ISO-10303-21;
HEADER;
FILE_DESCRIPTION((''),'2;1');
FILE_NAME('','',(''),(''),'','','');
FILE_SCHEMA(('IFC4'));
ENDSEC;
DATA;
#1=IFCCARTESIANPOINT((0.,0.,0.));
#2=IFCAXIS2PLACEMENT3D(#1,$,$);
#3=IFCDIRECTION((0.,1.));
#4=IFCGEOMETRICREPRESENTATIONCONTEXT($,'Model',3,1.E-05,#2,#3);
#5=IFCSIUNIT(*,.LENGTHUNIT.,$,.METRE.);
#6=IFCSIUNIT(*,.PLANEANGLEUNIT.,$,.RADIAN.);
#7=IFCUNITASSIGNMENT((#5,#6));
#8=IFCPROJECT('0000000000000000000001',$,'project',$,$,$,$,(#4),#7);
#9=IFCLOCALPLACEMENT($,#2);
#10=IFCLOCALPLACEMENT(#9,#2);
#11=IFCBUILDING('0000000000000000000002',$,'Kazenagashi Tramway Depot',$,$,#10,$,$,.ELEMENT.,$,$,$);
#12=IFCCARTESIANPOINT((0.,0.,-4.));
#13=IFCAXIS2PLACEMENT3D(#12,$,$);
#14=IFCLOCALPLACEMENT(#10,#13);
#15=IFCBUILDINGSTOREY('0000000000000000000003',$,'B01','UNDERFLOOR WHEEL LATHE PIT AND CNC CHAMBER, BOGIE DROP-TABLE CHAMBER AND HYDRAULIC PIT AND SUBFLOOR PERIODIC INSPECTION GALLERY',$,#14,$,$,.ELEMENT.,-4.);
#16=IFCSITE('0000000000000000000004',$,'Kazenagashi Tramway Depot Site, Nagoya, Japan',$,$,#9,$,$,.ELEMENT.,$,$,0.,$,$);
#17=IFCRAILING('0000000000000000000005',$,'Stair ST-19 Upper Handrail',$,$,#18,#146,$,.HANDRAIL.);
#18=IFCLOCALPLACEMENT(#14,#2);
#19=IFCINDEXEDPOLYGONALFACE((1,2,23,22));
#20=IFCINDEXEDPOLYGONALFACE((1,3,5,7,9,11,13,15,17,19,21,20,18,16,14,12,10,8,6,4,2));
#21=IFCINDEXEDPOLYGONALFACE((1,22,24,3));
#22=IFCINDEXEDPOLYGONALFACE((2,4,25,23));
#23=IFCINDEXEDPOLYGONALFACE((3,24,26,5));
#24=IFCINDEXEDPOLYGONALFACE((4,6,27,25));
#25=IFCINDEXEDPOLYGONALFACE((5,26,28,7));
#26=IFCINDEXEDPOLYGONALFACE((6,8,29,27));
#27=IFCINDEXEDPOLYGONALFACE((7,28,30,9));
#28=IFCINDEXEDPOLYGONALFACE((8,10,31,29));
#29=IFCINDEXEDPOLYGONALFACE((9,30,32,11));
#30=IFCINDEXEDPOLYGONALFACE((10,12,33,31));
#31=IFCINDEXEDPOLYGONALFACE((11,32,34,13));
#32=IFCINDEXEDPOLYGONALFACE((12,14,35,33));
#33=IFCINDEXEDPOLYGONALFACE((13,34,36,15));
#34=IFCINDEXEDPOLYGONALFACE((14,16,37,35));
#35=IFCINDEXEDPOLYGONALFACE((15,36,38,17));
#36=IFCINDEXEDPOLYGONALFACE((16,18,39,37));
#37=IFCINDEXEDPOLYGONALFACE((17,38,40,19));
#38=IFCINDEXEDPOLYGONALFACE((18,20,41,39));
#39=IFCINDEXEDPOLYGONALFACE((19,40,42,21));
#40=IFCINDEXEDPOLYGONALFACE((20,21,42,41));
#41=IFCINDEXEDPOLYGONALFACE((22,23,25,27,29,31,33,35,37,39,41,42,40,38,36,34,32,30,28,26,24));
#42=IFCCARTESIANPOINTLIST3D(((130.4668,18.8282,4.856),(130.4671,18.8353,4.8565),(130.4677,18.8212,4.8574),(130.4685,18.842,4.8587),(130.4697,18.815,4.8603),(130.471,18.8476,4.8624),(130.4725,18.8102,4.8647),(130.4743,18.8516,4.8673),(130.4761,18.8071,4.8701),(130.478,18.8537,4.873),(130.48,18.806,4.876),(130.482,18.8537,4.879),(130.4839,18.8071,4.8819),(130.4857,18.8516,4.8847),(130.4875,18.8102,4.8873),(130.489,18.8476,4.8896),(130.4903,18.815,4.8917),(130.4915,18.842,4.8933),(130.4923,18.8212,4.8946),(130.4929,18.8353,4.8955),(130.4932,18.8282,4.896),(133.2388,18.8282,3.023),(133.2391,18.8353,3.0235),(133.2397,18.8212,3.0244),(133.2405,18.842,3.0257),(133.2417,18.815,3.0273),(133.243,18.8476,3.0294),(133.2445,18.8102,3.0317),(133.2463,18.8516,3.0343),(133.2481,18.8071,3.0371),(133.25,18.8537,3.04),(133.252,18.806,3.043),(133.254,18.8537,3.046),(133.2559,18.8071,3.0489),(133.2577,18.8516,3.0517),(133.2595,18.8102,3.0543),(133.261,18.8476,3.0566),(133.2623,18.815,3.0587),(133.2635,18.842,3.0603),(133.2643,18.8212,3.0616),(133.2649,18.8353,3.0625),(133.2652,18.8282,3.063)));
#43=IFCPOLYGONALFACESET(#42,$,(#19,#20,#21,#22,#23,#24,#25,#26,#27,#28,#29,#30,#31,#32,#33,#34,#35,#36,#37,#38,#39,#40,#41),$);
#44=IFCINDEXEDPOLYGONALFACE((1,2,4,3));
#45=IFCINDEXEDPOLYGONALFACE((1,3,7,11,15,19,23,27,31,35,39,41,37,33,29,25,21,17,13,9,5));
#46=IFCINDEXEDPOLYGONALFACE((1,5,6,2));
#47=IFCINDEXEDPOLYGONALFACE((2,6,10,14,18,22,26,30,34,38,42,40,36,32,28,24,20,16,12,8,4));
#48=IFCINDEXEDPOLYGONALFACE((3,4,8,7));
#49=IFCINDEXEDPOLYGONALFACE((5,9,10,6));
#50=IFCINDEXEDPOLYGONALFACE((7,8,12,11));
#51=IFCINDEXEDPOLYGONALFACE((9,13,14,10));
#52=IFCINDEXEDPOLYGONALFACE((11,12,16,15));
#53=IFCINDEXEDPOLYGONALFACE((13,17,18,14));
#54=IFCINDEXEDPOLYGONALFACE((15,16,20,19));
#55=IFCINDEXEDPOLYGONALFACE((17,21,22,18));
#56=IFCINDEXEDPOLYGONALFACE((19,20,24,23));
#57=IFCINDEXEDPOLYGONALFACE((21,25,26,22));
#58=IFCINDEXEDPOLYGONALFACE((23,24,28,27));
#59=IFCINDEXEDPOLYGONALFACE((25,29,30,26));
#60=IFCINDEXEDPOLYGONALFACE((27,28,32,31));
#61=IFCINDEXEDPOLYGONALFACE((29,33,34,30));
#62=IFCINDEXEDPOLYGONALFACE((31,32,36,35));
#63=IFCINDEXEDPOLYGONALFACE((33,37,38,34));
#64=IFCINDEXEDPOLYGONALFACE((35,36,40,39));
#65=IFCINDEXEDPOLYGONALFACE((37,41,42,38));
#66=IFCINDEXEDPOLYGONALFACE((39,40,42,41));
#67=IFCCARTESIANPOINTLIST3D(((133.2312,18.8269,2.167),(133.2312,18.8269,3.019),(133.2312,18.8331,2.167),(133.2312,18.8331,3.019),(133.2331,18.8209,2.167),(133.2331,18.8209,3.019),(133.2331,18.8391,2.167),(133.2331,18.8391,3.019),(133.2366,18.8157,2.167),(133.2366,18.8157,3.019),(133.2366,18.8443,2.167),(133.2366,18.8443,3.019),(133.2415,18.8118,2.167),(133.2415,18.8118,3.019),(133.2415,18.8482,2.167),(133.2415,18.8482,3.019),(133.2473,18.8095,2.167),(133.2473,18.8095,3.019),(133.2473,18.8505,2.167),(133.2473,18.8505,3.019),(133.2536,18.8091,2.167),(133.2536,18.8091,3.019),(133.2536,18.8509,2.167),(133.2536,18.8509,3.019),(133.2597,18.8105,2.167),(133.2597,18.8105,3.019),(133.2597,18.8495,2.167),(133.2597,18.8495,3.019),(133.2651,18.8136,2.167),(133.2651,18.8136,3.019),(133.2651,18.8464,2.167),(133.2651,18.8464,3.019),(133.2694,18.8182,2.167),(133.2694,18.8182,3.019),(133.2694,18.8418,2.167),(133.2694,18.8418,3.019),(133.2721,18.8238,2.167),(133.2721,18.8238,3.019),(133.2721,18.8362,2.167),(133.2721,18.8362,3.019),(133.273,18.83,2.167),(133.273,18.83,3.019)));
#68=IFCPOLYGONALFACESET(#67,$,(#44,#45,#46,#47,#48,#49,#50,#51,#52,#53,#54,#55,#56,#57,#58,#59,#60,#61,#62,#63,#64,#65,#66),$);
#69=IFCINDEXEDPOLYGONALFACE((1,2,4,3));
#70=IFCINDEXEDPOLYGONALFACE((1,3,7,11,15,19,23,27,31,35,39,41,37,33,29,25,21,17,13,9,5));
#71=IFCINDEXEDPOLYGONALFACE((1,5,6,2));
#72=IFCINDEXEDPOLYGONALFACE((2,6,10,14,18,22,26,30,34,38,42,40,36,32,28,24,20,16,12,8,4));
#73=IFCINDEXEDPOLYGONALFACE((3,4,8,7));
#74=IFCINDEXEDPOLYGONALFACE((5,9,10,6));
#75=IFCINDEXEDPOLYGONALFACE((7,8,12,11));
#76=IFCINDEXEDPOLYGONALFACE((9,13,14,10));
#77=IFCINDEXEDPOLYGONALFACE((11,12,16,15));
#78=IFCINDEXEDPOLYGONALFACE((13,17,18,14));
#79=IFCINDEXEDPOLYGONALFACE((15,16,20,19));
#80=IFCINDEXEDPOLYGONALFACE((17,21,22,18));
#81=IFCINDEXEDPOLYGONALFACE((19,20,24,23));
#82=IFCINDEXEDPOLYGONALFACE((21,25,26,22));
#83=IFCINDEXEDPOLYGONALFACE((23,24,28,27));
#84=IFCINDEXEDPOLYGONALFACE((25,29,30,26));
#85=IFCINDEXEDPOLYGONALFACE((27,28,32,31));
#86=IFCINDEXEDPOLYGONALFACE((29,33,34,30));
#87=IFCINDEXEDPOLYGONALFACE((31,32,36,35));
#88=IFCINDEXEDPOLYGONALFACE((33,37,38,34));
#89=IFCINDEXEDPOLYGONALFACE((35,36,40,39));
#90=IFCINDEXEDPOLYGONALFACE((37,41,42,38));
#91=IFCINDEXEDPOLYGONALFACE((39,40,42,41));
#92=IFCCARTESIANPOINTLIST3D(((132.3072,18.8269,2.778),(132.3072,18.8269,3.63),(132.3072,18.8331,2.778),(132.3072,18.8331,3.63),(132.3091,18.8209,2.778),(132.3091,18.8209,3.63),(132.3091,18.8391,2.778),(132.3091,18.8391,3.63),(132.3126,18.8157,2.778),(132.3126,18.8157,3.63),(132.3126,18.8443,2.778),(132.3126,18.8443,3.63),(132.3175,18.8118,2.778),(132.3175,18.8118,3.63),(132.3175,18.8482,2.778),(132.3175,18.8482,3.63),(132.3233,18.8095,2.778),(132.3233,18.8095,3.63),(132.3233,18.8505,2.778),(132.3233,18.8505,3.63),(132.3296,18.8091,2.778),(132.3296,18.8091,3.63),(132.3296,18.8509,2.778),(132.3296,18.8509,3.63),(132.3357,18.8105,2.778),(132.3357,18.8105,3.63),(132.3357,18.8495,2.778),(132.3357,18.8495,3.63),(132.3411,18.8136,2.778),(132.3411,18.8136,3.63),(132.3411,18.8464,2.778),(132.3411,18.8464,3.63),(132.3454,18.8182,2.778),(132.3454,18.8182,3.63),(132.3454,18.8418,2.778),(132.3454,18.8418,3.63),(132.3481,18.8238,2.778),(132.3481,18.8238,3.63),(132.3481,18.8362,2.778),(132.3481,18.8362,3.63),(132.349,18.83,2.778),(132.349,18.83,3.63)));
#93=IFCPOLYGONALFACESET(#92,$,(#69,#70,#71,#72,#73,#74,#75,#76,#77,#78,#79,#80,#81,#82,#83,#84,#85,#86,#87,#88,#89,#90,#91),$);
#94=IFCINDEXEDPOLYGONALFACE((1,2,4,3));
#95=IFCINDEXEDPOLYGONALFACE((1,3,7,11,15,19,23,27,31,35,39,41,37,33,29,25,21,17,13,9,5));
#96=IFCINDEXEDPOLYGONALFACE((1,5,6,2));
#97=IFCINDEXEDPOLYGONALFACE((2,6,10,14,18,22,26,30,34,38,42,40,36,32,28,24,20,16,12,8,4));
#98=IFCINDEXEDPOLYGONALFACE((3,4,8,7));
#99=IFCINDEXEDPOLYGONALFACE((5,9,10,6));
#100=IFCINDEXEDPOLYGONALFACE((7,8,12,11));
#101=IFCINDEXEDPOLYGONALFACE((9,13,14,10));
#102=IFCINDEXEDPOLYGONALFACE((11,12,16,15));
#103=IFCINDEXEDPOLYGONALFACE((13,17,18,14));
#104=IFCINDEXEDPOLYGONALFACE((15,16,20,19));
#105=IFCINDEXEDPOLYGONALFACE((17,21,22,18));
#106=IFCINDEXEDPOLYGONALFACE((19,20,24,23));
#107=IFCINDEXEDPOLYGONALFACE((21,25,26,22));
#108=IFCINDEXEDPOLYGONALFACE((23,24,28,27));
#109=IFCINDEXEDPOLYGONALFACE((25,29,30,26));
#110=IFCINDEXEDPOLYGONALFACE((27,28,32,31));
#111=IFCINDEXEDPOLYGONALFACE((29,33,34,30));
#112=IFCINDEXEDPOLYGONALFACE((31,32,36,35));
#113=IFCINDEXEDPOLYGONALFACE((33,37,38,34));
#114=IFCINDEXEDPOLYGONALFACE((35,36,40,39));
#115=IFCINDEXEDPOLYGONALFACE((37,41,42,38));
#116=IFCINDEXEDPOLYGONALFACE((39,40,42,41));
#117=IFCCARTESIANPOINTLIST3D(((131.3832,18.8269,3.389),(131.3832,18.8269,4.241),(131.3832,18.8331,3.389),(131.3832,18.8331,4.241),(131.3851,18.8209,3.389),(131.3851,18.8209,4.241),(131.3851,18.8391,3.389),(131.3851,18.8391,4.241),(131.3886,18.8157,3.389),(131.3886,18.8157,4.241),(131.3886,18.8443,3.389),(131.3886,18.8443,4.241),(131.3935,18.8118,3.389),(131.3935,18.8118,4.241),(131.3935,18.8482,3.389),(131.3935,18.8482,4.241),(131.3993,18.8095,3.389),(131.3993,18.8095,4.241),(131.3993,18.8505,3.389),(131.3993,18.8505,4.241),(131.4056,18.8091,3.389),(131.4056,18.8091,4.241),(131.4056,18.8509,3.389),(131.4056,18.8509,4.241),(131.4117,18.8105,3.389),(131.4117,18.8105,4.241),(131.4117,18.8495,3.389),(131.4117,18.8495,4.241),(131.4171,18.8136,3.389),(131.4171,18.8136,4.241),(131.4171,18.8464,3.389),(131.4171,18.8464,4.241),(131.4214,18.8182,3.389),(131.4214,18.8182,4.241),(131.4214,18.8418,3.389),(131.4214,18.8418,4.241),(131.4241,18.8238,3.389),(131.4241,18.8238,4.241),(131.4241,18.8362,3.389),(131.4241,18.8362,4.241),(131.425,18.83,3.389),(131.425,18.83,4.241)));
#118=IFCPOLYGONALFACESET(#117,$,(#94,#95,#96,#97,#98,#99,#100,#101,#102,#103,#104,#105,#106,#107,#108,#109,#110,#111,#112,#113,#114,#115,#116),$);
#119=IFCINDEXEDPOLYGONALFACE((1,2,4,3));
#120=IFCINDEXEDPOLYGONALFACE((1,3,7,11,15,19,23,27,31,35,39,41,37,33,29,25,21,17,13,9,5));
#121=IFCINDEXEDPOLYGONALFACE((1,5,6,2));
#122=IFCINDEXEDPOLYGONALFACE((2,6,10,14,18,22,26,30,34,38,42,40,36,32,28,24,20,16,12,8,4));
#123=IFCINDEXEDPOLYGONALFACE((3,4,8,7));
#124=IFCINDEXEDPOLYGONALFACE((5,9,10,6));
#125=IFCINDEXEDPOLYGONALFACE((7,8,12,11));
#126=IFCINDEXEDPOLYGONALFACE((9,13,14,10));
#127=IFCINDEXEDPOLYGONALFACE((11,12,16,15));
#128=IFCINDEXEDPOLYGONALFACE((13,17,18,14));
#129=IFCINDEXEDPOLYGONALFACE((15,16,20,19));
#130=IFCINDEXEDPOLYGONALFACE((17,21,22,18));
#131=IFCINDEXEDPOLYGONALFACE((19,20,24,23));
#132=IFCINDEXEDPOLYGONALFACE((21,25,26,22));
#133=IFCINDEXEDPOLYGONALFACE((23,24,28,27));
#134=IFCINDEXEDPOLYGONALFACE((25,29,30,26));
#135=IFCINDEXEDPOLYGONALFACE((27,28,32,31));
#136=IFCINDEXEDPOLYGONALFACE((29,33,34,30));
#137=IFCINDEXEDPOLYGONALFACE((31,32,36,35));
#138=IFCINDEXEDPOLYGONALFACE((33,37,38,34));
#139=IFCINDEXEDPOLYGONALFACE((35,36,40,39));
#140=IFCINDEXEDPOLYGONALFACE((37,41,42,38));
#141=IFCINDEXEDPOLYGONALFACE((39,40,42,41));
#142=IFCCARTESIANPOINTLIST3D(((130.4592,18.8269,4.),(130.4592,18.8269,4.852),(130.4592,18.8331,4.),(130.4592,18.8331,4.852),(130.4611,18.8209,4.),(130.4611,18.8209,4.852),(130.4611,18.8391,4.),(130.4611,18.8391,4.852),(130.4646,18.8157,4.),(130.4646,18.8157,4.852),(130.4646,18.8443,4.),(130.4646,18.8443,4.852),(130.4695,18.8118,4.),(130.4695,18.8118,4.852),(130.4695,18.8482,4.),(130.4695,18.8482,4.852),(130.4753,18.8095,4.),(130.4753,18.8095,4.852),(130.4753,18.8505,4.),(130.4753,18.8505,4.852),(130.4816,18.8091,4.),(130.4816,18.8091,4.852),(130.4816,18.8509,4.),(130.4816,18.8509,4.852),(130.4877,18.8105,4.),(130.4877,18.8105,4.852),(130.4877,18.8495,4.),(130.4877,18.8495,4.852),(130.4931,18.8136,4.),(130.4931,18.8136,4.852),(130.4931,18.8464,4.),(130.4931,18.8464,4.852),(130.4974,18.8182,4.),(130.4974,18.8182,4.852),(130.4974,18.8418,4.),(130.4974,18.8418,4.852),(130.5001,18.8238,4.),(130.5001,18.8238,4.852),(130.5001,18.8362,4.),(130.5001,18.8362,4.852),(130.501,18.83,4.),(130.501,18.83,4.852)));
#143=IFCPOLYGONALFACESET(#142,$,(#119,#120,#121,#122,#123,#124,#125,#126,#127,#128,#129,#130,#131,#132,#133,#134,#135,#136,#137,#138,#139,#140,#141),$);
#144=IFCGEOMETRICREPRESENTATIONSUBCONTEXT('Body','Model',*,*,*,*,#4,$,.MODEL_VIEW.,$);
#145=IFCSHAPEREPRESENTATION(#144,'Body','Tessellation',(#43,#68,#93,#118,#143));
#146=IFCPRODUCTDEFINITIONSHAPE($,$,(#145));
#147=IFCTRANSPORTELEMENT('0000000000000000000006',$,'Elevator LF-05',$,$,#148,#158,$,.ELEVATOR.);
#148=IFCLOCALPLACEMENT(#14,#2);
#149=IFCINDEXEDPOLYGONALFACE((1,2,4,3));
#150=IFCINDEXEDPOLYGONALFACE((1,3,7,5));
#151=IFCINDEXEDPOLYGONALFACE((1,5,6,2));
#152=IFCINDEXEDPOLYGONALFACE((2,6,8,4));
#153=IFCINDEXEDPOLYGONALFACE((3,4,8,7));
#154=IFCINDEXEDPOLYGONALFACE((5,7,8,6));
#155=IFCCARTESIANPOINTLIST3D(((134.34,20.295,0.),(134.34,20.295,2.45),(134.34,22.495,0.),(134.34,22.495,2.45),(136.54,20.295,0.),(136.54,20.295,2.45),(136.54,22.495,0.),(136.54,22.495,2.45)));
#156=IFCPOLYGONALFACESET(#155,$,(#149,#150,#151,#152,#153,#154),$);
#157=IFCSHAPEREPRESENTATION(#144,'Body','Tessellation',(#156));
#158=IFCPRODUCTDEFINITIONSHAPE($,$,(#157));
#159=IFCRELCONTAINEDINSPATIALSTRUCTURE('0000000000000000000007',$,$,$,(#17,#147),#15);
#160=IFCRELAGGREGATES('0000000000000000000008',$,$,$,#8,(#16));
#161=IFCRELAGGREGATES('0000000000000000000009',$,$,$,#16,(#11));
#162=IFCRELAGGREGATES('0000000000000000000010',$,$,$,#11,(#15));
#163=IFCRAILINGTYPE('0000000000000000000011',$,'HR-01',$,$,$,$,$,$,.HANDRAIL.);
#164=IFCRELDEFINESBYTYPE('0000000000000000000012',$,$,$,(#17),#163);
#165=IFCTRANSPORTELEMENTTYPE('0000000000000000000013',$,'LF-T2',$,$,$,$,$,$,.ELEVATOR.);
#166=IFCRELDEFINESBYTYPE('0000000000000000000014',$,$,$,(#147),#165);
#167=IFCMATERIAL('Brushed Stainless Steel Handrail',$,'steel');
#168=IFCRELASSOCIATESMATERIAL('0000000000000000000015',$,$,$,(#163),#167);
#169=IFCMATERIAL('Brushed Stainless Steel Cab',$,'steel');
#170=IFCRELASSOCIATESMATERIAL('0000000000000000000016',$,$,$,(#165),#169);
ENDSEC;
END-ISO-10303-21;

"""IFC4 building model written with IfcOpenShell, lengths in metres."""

from ifc_helpers import new_model, si_unit, direction, frame, origin, origin_2d, place, context, subcontext, project, spatial, rectangle, circle, extrude, material, type_object, element, save


model = new_model("IFC4")

# Units and contexts
model_context = context("Model", 3, precision=1e-05, world=origin(), true_north=direction((0.0, 1.0)))
body_context = subcontext(model_context, "Body", "Model", "MODEL_VIEW")
ifc_project = project(units=[si_unit("LENGTHUNIT", "METRE"), si_unit("PLANEANGLEUNIT", "RADIAN")], contexts=[model_context])

# Site, building, storey
site_placement = place(None, origin())
site = spatial("IfcSite", under=ifc_project, at=site_placement, Name="Kazenagashi Tramway Depot Site, Nagoya, Japan", CompositionType="ELEMENT", RefElevation=0.0)
building_placement = place(site_placement, origin())
building = spatial("IfcBuilding", under=site, at=building_placement, Name="Kazenagashi Tramway Depot", CompositionType="ELEMENT")
storey_placement = place(building_placement, frame((0.0, 0.0, -4.0)))
storey = spatial("IfcBuildingStorey", under=building, at=storey_placement, Name="B01", Description="UNDERFLOOR WHEEL LATHE PIT AND CNC CHAMBER, BOGIE DROP-TABLE CHAMBER AND HYDRAULIC PIT AND SUBFLOOR PERIODIC INSPECTION GALLERY", CompositionType="ELEMENT", Elevation=-4.0)

# Railing
ifc_material_1 = material(Name="Brushed Stainless Steel Handrail", Category="steel")
railing_type = type_object("IfcRailingType", Name="HR-01", PredefinedType="HANDRAIL", material=ifc_material_1)
railing_1_placement = place(storey_placement, frame((133.252, 18.83, 2.167)))
element("IfcRailing", 1, at=railing_1_placement, inside=storey, type_object=railing_type, Name="Stair ST-19 Upper Handrail", PredefinedType="HANDRAIL", context=body_context, shape_type="SweptSolid", body=[
    extrude(circle(Radius=0.024, at=origin_2d()), frame((0.0, 0.0, 0.876), z_axis=(-0.834128, 0.0, 0.551571), x_axis=(0.0, -1.0, 0.0)), (0.0, 0.0, 1.0), 3.3232),
    extrude(circle(Radius=0.021, at=origin_2d()), origin(), (0.0, 0.0, 1.0), 0.852),
    extrude(circle(Radius=0.021, at=origin_2d()), frame((-0.924, 0.0, 0.611)), (0.0, 0.0, 1.0), 0.852),
    extrude(circle(Radius=0.021, at=origin_2d()), frame((-1.848, 0.0, 1.222)), (0.0, 0.0, 1.0), 0.852),
    extrude(circle(Radius=0.021, at=origin_2d()), frame((-2.772, 0.0, 1.833)), (0.0, 0.0, 1.0), 0.852),
])

# Transport element
ifc_material_2 = material(Name="Brushed Stainless Steel Cab", Category="steel")
transport_element_type = type_object("IfcTransportElementType", Name="LF-T2", PredefinedType="ELEVATOR", material=ifc_material_2)
transport_element_placement = place(storey_placement, frame((135.44, 21.395, 0.0), z_axis=(0.0, 0.0, 1.0), x_axis=(1.0, 0.0, 0.0)))
element("IfcTransportElement", 2, at=transport_element_placement, inside=storey, type_object=transport_element_type, Name="Elevator LF-05", PredefinedType="ELEVATOR", context=body_context, shape_type="SweptSolid", body=[
    extrude(rectangle(XDim=2.2, YDim=2.2, at=origin_2d()), origin(), (0.0, 0.0, 1.0), 2.45),
])

save(model, "model.ifc")
